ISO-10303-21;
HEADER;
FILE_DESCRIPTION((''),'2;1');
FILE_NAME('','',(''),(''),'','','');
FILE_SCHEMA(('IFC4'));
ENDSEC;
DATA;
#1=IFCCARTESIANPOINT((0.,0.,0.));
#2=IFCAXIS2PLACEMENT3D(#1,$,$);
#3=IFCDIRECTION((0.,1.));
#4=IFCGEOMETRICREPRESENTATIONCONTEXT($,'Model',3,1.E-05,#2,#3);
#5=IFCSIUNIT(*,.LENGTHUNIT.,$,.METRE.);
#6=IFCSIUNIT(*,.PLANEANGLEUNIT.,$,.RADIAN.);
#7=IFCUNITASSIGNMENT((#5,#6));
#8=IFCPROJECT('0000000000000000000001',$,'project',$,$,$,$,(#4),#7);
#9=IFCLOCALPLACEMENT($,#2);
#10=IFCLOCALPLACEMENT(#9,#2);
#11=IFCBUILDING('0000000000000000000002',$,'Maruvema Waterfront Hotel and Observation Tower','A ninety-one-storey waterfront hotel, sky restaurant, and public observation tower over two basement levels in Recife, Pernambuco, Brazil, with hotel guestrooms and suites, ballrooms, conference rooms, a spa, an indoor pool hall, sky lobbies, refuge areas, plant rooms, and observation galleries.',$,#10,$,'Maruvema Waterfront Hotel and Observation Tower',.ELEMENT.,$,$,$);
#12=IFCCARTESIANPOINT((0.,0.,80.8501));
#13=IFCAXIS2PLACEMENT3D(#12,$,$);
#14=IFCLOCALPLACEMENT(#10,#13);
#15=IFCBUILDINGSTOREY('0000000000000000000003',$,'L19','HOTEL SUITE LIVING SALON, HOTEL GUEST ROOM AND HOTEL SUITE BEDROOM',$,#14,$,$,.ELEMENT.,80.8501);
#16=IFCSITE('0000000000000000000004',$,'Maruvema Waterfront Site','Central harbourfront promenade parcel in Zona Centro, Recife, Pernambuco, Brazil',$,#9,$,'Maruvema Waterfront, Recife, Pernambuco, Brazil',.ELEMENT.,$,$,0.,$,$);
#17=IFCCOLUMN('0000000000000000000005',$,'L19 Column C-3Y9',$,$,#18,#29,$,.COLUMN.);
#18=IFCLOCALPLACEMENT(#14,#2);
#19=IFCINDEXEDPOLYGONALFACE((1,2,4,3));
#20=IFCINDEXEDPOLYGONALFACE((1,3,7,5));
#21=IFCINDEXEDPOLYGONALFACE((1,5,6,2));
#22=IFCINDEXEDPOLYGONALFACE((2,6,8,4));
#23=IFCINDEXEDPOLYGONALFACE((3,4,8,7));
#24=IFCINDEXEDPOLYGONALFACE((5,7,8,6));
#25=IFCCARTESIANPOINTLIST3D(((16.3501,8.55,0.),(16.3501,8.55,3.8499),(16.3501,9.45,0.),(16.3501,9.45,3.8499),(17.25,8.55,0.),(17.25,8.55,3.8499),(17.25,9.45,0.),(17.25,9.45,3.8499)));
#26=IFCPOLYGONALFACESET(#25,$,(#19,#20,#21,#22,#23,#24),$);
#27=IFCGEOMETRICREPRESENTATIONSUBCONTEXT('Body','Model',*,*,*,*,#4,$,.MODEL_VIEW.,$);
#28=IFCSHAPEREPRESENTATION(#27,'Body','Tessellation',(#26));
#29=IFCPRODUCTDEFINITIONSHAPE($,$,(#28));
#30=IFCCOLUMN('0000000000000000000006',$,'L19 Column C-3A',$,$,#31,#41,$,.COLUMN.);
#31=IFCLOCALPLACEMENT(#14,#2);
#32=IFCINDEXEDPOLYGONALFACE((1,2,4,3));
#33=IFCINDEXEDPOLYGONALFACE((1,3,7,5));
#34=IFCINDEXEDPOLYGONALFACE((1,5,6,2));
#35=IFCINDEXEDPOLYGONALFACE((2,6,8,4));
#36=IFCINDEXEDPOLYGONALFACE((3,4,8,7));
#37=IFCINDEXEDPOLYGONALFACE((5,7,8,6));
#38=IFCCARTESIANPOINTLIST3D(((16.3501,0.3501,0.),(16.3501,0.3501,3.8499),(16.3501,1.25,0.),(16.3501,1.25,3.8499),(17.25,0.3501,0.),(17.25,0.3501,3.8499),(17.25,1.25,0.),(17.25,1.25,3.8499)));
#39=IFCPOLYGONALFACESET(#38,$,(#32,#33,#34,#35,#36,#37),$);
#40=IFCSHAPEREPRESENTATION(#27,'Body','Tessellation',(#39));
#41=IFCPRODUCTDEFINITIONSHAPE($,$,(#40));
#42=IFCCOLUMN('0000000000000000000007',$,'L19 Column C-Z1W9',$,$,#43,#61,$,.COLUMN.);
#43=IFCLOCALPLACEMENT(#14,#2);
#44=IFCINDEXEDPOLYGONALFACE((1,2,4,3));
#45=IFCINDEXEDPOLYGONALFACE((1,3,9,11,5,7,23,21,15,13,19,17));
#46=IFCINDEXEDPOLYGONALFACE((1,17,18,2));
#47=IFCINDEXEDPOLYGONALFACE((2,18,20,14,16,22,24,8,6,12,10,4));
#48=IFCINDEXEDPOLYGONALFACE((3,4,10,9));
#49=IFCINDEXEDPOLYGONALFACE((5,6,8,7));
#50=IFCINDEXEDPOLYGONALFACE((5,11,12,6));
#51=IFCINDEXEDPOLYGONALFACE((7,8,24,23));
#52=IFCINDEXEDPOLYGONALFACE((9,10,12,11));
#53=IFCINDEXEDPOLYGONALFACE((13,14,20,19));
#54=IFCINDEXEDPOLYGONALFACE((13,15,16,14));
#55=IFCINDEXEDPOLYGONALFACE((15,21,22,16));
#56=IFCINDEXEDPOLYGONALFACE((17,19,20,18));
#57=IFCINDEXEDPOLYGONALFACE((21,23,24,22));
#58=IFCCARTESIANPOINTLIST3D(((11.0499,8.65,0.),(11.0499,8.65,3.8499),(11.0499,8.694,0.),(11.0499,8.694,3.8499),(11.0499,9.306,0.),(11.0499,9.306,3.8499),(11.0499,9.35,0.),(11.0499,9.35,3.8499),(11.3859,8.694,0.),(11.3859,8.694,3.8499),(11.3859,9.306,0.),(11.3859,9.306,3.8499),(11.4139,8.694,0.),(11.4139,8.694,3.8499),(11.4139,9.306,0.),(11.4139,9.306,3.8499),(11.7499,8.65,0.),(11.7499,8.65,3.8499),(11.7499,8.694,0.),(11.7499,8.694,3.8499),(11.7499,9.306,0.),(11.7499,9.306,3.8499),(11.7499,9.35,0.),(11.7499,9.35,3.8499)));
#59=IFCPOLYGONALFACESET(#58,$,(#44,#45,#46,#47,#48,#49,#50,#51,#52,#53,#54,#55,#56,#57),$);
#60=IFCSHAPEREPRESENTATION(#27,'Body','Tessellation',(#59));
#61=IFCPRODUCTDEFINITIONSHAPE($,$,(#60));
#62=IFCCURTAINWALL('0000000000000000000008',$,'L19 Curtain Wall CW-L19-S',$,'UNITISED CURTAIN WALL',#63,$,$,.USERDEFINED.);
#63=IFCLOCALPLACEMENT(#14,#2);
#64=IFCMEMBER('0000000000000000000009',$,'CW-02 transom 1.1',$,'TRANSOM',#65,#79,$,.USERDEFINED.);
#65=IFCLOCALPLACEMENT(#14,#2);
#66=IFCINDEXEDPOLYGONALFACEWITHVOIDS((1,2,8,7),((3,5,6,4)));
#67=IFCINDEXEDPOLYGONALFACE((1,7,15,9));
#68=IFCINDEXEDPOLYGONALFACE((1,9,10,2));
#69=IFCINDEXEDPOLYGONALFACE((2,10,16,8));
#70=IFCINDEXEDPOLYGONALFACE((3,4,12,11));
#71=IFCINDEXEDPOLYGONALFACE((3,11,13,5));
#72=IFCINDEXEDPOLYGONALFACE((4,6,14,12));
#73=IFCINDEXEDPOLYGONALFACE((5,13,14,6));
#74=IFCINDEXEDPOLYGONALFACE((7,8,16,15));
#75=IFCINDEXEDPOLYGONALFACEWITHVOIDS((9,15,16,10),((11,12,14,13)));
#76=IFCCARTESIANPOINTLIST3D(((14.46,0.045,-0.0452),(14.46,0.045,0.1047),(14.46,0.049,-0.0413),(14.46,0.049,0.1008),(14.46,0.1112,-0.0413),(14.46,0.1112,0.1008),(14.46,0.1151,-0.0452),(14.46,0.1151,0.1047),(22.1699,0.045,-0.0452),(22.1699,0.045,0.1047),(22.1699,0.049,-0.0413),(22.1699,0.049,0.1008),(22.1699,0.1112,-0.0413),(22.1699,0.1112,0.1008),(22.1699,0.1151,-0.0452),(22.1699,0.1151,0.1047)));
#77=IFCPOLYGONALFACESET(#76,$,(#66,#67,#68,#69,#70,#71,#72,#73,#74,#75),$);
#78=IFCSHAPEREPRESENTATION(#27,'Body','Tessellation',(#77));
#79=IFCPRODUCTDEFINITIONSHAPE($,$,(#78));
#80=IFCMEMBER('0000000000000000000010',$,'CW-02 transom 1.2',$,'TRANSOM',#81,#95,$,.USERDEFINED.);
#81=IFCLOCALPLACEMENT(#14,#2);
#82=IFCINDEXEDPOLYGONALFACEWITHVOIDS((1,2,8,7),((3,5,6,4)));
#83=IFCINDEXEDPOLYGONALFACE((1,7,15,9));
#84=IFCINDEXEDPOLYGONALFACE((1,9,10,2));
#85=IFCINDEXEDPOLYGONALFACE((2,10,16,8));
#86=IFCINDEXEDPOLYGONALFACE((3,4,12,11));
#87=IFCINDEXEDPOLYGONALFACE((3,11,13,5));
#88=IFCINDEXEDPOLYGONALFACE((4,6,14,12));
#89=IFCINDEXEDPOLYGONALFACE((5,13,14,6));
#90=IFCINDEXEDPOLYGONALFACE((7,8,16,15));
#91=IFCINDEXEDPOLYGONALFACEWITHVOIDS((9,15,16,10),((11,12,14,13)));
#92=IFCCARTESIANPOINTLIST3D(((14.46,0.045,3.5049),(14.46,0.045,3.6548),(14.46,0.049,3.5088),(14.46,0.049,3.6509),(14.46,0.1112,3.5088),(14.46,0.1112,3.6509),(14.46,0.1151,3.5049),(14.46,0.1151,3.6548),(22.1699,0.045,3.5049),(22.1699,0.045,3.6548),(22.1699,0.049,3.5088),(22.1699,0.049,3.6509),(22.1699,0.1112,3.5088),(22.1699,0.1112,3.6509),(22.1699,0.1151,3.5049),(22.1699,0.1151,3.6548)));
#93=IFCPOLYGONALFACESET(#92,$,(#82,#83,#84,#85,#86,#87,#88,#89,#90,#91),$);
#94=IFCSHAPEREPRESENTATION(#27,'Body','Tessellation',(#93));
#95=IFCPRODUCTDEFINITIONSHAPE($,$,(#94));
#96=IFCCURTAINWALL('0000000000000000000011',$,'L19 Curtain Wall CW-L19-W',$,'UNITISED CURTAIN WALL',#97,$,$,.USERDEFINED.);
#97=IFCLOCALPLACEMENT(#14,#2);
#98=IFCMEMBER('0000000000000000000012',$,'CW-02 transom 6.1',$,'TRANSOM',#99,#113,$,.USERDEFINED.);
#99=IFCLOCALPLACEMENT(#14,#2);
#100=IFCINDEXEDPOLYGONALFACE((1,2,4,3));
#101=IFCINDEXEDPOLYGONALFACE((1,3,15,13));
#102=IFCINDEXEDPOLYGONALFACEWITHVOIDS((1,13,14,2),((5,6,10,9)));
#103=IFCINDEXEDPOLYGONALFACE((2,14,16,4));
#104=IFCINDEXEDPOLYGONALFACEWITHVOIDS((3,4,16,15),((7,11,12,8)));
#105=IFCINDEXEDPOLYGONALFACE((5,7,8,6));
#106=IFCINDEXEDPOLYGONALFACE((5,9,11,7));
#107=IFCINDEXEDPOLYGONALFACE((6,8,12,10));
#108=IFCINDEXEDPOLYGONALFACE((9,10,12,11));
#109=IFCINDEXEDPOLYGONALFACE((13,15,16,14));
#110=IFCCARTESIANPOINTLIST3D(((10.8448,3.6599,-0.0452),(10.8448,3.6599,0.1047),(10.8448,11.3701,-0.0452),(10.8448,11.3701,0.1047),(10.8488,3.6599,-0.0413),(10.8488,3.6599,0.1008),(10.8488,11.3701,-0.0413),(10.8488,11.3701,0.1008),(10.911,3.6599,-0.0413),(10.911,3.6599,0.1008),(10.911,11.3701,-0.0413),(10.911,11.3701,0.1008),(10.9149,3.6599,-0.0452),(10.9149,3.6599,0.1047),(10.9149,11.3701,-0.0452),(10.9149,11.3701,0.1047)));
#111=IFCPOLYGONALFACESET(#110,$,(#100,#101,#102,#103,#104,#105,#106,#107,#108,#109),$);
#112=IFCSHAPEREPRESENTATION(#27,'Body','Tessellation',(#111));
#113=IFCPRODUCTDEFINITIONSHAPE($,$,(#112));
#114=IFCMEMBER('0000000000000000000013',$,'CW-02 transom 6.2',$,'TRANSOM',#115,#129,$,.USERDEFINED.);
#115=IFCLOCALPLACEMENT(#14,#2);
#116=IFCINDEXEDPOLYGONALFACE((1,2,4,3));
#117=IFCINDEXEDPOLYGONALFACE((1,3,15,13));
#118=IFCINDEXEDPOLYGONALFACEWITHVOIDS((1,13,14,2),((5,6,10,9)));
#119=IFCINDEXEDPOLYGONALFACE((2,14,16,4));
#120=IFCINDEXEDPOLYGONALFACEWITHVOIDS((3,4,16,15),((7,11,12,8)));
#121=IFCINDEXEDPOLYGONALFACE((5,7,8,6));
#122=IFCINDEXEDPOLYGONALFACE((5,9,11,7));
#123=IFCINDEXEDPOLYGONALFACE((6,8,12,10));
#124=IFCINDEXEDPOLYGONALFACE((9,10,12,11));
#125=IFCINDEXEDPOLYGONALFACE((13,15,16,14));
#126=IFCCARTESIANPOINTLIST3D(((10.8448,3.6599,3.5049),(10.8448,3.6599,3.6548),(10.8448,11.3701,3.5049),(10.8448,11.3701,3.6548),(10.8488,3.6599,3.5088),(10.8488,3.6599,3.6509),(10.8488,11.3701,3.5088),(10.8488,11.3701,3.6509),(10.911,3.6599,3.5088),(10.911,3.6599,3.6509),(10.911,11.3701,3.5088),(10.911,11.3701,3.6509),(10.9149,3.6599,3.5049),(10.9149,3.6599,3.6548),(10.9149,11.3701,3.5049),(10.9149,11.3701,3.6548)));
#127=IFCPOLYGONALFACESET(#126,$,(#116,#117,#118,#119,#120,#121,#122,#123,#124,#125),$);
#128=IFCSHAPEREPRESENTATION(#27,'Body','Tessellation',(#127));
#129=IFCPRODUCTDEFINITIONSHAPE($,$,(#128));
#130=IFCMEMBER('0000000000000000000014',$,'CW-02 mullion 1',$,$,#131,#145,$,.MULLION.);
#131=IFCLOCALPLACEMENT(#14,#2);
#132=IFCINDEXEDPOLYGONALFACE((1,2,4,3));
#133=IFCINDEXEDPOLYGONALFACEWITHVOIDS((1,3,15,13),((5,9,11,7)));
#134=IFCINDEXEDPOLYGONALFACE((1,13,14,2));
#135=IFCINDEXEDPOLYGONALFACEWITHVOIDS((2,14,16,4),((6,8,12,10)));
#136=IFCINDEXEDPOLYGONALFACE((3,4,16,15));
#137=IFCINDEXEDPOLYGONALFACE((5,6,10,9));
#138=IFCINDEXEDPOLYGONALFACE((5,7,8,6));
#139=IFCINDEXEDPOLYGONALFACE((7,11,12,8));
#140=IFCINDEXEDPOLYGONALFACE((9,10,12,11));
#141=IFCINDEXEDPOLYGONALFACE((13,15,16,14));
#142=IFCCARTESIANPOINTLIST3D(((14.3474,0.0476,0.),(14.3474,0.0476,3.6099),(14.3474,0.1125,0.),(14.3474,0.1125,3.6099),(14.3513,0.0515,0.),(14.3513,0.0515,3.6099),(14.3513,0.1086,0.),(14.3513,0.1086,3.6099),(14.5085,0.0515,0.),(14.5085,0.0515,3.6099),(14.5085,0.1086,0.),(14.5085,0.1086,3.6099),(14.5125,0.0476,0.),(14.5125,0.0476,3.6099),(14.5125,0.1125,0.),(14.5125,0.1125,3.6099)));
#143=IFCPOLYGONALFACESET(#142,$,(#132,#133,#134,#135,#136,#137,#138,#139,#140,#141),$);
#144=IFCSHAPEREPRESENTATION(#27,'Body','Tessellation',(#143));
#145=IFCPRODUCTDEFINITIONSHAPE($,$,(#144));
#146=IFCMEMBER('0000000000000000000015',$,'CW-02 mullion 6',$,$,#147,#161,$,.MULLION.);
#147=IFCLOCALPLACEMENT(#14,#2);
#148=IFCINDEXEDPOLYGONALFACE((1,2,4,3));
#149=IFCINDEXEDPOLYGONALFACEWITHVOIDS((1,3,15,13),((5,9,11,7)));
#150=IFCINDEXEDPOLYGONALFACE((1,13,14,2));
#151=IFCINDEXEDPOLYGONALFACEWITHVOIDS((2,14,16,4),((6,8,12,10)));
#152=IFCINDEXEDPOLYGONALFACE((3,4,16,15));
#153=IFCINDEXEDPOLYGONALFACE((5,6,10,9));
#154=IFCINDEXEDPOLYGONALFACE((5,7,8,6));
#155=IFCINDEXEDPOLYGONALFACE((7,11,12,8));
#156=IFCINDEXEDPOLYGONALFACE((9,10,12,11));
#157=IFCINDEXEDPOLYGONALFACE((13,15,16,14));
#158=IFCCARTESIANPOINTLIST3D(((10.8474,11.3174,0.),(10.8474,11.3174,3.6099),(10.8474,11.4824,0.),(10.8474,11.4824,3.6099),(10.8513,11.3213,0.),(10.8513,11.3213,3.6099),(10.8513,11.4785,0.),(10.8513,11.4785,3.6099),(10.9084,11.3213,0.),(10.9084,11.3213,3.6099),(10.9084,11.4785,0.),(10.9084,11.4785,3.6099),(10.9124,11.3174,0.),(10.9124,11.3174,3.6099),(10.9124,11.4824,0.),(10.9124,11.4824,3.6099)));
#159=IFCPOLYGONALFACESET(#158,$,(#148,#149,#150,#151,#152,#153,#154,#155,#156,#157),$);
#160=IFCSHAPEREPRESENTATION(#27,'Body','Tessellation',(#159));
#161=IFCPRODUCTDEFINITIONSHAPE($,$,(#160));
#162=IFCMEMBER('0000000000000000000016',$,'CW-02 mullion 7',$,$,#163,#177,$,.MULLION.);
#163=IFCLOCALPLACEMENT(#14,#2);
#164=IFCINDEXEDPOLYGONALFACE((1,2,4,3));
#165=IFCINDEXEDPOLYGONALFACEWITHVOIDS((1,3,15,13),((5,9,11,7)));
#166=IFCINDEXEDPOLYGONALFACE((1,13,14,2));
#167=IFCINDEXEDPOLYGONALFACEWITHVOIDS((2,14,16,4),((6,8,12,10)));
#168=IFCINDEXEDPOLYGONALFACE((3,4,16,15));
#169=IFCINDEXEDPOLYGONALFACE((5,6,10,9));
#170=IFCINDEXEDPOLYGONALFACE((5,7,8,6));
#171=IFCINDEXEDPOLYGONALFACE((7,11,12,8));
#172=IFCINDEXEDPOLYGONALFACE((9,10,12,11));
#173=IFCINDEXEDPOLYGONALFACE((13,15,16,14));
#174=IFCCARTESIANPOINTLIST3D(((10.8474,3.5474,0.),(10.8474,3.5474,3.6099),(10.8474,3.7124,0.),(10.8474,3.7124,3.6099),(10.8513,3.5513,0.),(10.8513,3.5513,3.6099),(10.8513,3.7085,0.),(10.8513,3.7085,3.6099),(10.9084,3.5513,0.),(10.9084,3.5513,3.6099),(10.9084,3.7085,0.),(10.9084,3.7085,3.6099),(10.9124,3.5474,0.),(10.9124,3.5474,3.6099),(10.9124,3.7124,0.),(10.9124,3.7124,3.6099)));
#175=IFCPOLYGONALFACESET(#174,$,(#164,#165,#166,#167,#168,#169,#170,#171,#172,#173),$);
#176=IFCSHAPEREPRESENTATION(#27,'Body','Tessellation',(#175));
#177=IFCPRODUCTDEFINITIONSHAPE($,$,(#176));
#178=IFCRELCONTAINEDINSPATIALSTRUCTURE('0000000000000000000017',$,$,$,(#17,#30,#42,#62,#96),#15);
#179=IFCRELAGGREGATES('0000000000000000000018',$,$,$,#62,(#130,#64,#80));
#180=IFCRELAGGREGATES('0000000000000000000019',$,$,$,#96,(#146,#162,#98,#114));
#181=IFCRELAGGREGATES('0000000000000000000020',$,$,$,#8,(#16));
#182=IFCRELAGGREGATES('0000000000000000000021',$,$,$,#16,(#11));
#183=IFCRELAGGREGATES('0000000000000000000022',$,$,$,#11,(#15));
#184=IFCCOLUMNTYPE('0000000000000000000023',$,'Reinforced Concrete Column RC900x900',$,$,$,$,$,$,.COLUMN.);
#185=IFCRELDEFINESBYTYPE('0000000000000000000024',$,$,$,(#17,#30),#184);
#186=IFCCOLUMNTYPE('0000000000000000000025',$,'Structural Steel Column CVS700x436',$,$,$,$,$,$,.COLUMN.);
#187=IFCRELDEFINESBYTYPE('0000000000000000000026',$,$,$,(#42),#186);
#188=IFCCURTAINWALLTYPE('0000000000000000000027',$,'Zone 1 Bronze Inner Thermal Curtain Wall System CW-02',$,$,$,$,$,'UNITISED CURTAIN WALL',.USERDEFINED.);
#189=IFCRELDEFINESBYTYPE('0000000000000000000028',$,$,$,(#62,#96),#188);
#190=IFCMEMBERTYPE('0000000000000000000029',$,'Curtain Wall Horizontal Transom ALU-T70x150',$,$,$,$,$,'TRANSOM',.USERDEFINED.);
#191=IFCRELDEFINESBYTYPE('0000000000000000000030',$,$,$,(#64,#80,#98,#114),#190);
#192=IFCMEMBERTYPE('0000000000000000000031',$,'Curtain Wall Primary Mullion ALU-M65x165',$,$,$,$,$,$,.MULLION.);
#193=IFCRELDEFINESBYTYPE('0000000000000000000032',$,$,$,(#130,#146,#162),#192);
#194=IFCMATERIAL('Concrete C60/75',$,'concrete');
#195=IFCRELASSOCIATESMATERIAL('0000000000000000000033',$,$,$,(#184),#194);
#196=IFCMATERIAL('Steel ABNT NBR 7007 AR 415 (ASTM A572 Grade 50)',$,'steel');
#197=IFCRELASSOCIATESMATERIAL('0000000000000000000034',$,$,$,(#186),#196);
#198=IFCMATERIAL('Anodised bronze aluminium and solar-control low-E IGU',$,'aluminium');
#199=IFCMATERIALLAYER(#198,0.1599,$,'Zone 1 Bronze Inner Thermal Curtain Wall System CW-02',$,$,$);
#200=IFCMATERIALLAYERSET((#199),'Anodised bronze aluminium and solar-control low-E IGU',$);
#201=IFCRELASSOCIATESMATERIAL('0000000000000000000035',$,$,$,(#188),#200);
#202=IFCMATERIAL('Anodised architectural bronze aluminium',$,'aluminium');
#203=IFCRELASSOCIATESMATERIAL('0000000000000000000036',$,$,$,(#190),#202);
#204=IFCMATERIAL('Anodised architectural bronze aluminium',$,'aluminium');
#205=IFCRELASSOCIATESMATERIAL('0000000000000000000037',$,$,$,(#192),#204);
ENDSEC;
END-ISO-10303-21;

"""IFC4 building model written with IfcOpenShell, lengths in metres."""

from ifc_helpers import new_model, si_unit, direction, frame, origin, origin_2d, place, context, subcontext, project, spatial, rectangle, hollow_rectangle, i_section, extrude, material, layer, layer_set, material_profile, profile_set, type_object, element, aggregate, save


model = new_model("IFC4")

# Units and contexts
model_context = context("Model", 3, precision=1e-05, world=origin(), true_north=direction((0.0, 1.0)))
body_context = subcontext(model_context, "Body", "Model", "MODEL_VIEW")
ifc_project = project(units=[si_unit("LENGTHUNIT", "METRE"), si_unit("PLANEANGLEUNIT", "RADIAN")], contexts=[model_context])

# Site, building, storey
site_placement = place(None, origin())
site = spatial("IfcSite", under=ifc_project, at=site_placement, Name="Maruvema Waterfront Site", Description="Central harbourfront promenade parcel in Zona Centro, Recife, Pernambuco, Brazil", LongName="Maruvema Waterfront, Recife, Pernambuco, Brazil", CompositionType="ELEMENT", RefElevation=0.0)
building_placement = place(site_placement, origin())
building = spatial("IfcBuilding", under=site, at=building_placement, Name="Maruvema Waterfront Hotel and Observation Tower", Description="A ninety-one-storey waterfront hotel, sky restaurant, and public observation tower over two basement levels in Recife, Pernambuco, Brazil, with hotel guestrooms and suites, ballrooms, conference rooms, a spa, an indoor pool hall, sky lobbies, refuge areas, plant rooms, and observation galleries.", LongName="Maruvema Waterfront Hotel and Observation Tower", CompositionType="ELEMENT")
storey_placement = place(building_placement, frame((0.0, 0.0, 80.8501)))
storey = spatial("IfcBuildingStorey", under=building, at=storey_placement, Name="L19", Description="HOTEL SUITE LIVING SALON, HOTEL GUEST ROOM AND HOTEL SUITE BEDROOM", CompositionType="ELEMENT", Elevation=80.8501)

# Columns
ifc_material_1 = material(Name="Concrete C60/75", Category="concrete")
ifc_material_profile_1 = material_profile(ifc_material_1, rectangle(XDim=0.8999, YDim=0.8999, at=origin_2d()), Name="RC900x900")
ifc_profile_set_1 = profile_set([ifc_material_profile_1], Name="Concrete C60/75")
column_type_1 = type_object("IfcColumnType", Name="Reinforced Concrete Column RC900x900", PredefinedType="COLUMN", material=ifc_profile_set_1)
for number, where, z_axis, x_axis, name in (
    (1, (16.8, 9.0, 0.0), (0.0, 0.0, 1.0), (1.0, 0.0, 0.0), "L19 Column C-3Y9"),
    (2, (16.8, 0.8, 0.0), (0.0, 0.0, 1.0), (1.0, 0.0, 0.0), "L19 Column C-3A"),
):
    element("IfcColumn", number, at=place(storey_placement, frame(where, z_axis=z_axis, x_axis=x_axis)), inside=storey, type_object=column_type_1, Name=name, PredefinedType="COLUMN", context=body_context, shape_type="SweptSolid", body=[
        extrude(rectangle(XDim=0.8999, YDim=0.8999, at=origin_2d()), origin(), (0.0, 0.0, 1.0), 3.8499),
    ])
ifc_material_2 = material(Name="Steel ABNT NBR 7007 AR 415 (ASTM A572 Grade 50)", Category="steel")
ifc_material_profile_2 = material_profile(ifc_material_2, i_section(OverallWidth=0.7, OverallDepth=0.7, WebThickness=0.0281, FlangeThickness=0.0439, at=origin_2d()), Name="CVS700x436")
ifc_profile_set_2 = profile_set([ifc_material_profile_2], Name="Steel ABNT NBR 7007 AR 415 (ASTM A572 Grade 50)")
column_type_2 = type_object("IfcColumnType", Name="Structural Steel Column CVS700x436", PredefinedType="COLUMN", material=ifc_profile_set_2)
column_placement = place(storey_placement, frame((11.3999, 9.0, 0.0), z_axis=(0.0, 0.0, 1.0), x_axis=(1.0, 0.0, 0.0)))
element("IfcColumn", 3, at=column_placement, inside=storey, type_object=column_type_2, Name="L19 Column C-Z1W9", PredefinedType="COLUMN", context=body_context, shape_type="SweptSolid", body=[
    extrude(i_section(OverallWidth=0.7, OverallDepth=0.7, WebThickness=0.0281, FlangeThickness=0.0439, at=origin_2d()), origin(), (0.0, 0.0, 1.0), 3.8499),
])

# Curtain walls, members
ifc_material_3 = material(Name="Anodised bronze aluminium and solar-control low-E IGU", Category="aluminium")
ifc_layer_1 = layer(ifc_material_3, 0.1599, Name="Zone 1 Bronze Inner Thermal Curtain Wall System CW-02")
ifc_layer_set_1 = layer_set([ifc_layer_1], Name="Anodised bronze aluminium and solar-control low-E IGU")
curtain_wall_type = type_object("IfcCurtainWallType", Name="Zone 1 Bronze Inner Thermal Curtain Wall System CW-02", ElementType="UNITISED CURTAIN WALL", PredefinedType="USERDEFINED", material=ifc_layer_set_1)
curtain_wall_1_placement = place(storey_placement, origin())
curtain_wall_1 = element("IfcCurtainWall", 4, at=curtain_wall_1_placement, inside=storey, type_object=curtain_wall_type, Name="L19 Curtain Wall CW-L19-S", ObjectType="UNITISED CURTAIN WALL", PredefinedType="USERDEFINED")
ifc_material_4 = material(Name="Anodised architectural bronze aluminium", Category="aluminium")
ifc_material_profile_3 = material_profile(ifc_material_4, hollow_rectangle(XDim=0.0701, YDim=0.1499, WallThickness=0.0039, at=origin_2d()), Name="ALU-T70x150")
ifc_profile_set_3 = profile_set([ifc_material_profile_3], Name="Anodised architectural bronze aluminium")
member_type_1 = type_object("IfcMemberType", Name="Curtain Wall Horizontal Transom ALU-T70x150", ElementType="TRANSOM", PredefinedType="USERDEFINED", material=ifc_profile_set_3)
member_1_placement = place(storey_placement, frame((14.46, 0.0801, 0.0298), z_axis=(1.0, 0.0, 0.0), x_axis=(0.0, 1.0, 0.0)))
member_1 = element("IfcMember", 5, at=member_1_placement, type_object=member_type_1, Name="CW-02 transom 1.1", ObjectType="TRANSOM", PredefinedType="USERDEFINED", context=body_context, shape_type="SweptSolid", body=[
    extrude(hollow_rectangle(XDim=0.0701, YDim=0.1499, WallThickness=0.0039, at=origin_2d()), origin(), (0.0, 0.0, 1.0), 7.71),
])
member_2_placement = place(storey_placement, frame((14.46, 0.0801, 3.5798), z_axis=(1.0, 0.0, 0.0), x_axis=(0.0, 1.0, 0.0)))
member_2 = element("IfcMember", 6, at=member_2_placement, type_object=member_type_1, Name="CW-02 transom 1.2", ObjectType="TRANSOM", PredefinedType="USERDEFINED", context=body_context, shape_type="SweptSolid", body=[
    extrude(hollow_rectangle(XDim=0.0701, YDim=0.1499, WallThickness=0.0039, at=origin_2d()), origin(), (0.0, 0.0, 1.0), 7.71),
])
curtain_wall_2_placement = place(storey_placement, origin())
curtain_wall_2 = element("IfcCurtainWall", 7, at=curtain_wall_2_placement, inside=storey, type_object=curtain_wall_type, Name="L19 Curtain Wall CW-L19-W", ObjectType="UNITISED CURTAIN WALL", PredefinedType="USERDEFINED")
member_3_placement = place(storey_placement, frame((10.8799, 11.3701, 0.0298), z_axis=(0.0, -1.0, 0.0), x_axis=(1.0, 0.0, 0.0)))
member_3 = element("IfcMember", 8, at=member_3_placement, type_object=member_type_1, Name="CW-02 transom 6.1", ObjectType="TRANSOM", PredefinedType="USERDEFINED", context=body_context, shape_type="SweptSolid", body=[
    extrude(hollow_rectangle(XDim=0.0701, YDim=0.1499, WallThickness=0.0039, at=origin_2d()), origin(), (0.0, 0.0, 1.0), 7.7102),
])
member_4_placement = place(storey_placement, frame((10.8799, 11.3701, 3.5798), z_axis=(0.0, -1.0, 0.0), x_axis=(1.0, 0.0, 0.0)))
member_4 = element("IfcMember", 9, at=member_4_placement, type_object=member_type_1, Name="CW-02 transom 6.2", ObjectType="TRANSOM", PredefinedType="USERDEFINED", context=body_context, shape_type="SweptSolid", body=[
    extrude(hollow_rectangle(XDim=0.0701, YDim=0.1499, WallThickness=0.0039, at=origin_2d()), origin(), (0.0, 0.0, 1.0), 7.7102),
])

# Members
ifc_material_5 = material(Name="Anodised architectural bronze aluminium", Category="aluminium")
ifc_material_profile_4 = material_profile(ifc_material_5, hollow_rectangle(XDim=0.0649, YDim=0.165, WallThickness=0.0039, at=origin_2d()), Name="ALU-M65x165")
ifc_profile_set_4 = profile_set([ifc_material_profile_4], Name="Anodised architectural bronze aluminium")
member_type_2 = type_object("IfcMemberType", Name="Curtain Wall Primary Mullion ALU-M65x165", PredefinedType="MULLION", material=ifc_profile_set_4)
member_5_placement = place(storey_placement, frame((14.4299, 0.0801, 0.0), z_axis=(0.0, 0.0, 1.0), x_axis=(0.0, 1.0, 0.0)))
member_5 = element("IfcMember", 10, at=member_5_placement, type_object=member_type_2, Name="CW-02 mullion 1", PredefinedType="MULLION", context=body_context, shape_type="SweptSolid", body=[
    extrude(hollow_rectangle(XDim=0.0649, YDim=0.165, WallThickness=0.0039, at=origin_2d()), origin(), (0.0, 0.0, 1.0), 3.6099),
])
member_6_placement = place(storey_placement, frame((10.8799, 11.3999, 0.0), z_axis=(0.0, 0.0, 1.0), x_axis=(1.0, 0.0, 0.0)))
member_6 = element("IfcMember", 11, at=member_6_placement, type_object=member_type_2, Name="CW-02 mullion 6", PredefinedType="MULLION", context=body_context, shape_type="SweptSolid", body=[
    extrude(hollow_rectangle(XDim=0.0649, YDim=0.165, WallThickness=0.0039, at=origin_2d()), origin(), (0.0, 0.0, 1.0), 3.6099),
])
member_7_placement = place(storey_placement, frame((10.8799, 3.6299, 0.0), z_axis=(0.0, 0.0, 1.0), x_axis=(1.0, 0.0, 0.0)))
member_7 = element("IfcMember", 12, at=member_7_placement, type_object=member_type_2, Name="CW-02 mullion 7", PredefinedType="MULLION", context=body_context, shape_type="SweptSolid", body=[
    extrude(hollow_rectangle(XDim=0.0649, YDim=0.165, WallThickness=0.0039, at=origin_2d()), origin(), (0.0, 0.0, 1.0), 3.6099),
])

aggregate(curtain_wall_1, [member_5, member_1, member_2])
aggregate(curtain_wall_2, [member_6, member_7, member_3, member_4])

save(model, "model.ifc")
